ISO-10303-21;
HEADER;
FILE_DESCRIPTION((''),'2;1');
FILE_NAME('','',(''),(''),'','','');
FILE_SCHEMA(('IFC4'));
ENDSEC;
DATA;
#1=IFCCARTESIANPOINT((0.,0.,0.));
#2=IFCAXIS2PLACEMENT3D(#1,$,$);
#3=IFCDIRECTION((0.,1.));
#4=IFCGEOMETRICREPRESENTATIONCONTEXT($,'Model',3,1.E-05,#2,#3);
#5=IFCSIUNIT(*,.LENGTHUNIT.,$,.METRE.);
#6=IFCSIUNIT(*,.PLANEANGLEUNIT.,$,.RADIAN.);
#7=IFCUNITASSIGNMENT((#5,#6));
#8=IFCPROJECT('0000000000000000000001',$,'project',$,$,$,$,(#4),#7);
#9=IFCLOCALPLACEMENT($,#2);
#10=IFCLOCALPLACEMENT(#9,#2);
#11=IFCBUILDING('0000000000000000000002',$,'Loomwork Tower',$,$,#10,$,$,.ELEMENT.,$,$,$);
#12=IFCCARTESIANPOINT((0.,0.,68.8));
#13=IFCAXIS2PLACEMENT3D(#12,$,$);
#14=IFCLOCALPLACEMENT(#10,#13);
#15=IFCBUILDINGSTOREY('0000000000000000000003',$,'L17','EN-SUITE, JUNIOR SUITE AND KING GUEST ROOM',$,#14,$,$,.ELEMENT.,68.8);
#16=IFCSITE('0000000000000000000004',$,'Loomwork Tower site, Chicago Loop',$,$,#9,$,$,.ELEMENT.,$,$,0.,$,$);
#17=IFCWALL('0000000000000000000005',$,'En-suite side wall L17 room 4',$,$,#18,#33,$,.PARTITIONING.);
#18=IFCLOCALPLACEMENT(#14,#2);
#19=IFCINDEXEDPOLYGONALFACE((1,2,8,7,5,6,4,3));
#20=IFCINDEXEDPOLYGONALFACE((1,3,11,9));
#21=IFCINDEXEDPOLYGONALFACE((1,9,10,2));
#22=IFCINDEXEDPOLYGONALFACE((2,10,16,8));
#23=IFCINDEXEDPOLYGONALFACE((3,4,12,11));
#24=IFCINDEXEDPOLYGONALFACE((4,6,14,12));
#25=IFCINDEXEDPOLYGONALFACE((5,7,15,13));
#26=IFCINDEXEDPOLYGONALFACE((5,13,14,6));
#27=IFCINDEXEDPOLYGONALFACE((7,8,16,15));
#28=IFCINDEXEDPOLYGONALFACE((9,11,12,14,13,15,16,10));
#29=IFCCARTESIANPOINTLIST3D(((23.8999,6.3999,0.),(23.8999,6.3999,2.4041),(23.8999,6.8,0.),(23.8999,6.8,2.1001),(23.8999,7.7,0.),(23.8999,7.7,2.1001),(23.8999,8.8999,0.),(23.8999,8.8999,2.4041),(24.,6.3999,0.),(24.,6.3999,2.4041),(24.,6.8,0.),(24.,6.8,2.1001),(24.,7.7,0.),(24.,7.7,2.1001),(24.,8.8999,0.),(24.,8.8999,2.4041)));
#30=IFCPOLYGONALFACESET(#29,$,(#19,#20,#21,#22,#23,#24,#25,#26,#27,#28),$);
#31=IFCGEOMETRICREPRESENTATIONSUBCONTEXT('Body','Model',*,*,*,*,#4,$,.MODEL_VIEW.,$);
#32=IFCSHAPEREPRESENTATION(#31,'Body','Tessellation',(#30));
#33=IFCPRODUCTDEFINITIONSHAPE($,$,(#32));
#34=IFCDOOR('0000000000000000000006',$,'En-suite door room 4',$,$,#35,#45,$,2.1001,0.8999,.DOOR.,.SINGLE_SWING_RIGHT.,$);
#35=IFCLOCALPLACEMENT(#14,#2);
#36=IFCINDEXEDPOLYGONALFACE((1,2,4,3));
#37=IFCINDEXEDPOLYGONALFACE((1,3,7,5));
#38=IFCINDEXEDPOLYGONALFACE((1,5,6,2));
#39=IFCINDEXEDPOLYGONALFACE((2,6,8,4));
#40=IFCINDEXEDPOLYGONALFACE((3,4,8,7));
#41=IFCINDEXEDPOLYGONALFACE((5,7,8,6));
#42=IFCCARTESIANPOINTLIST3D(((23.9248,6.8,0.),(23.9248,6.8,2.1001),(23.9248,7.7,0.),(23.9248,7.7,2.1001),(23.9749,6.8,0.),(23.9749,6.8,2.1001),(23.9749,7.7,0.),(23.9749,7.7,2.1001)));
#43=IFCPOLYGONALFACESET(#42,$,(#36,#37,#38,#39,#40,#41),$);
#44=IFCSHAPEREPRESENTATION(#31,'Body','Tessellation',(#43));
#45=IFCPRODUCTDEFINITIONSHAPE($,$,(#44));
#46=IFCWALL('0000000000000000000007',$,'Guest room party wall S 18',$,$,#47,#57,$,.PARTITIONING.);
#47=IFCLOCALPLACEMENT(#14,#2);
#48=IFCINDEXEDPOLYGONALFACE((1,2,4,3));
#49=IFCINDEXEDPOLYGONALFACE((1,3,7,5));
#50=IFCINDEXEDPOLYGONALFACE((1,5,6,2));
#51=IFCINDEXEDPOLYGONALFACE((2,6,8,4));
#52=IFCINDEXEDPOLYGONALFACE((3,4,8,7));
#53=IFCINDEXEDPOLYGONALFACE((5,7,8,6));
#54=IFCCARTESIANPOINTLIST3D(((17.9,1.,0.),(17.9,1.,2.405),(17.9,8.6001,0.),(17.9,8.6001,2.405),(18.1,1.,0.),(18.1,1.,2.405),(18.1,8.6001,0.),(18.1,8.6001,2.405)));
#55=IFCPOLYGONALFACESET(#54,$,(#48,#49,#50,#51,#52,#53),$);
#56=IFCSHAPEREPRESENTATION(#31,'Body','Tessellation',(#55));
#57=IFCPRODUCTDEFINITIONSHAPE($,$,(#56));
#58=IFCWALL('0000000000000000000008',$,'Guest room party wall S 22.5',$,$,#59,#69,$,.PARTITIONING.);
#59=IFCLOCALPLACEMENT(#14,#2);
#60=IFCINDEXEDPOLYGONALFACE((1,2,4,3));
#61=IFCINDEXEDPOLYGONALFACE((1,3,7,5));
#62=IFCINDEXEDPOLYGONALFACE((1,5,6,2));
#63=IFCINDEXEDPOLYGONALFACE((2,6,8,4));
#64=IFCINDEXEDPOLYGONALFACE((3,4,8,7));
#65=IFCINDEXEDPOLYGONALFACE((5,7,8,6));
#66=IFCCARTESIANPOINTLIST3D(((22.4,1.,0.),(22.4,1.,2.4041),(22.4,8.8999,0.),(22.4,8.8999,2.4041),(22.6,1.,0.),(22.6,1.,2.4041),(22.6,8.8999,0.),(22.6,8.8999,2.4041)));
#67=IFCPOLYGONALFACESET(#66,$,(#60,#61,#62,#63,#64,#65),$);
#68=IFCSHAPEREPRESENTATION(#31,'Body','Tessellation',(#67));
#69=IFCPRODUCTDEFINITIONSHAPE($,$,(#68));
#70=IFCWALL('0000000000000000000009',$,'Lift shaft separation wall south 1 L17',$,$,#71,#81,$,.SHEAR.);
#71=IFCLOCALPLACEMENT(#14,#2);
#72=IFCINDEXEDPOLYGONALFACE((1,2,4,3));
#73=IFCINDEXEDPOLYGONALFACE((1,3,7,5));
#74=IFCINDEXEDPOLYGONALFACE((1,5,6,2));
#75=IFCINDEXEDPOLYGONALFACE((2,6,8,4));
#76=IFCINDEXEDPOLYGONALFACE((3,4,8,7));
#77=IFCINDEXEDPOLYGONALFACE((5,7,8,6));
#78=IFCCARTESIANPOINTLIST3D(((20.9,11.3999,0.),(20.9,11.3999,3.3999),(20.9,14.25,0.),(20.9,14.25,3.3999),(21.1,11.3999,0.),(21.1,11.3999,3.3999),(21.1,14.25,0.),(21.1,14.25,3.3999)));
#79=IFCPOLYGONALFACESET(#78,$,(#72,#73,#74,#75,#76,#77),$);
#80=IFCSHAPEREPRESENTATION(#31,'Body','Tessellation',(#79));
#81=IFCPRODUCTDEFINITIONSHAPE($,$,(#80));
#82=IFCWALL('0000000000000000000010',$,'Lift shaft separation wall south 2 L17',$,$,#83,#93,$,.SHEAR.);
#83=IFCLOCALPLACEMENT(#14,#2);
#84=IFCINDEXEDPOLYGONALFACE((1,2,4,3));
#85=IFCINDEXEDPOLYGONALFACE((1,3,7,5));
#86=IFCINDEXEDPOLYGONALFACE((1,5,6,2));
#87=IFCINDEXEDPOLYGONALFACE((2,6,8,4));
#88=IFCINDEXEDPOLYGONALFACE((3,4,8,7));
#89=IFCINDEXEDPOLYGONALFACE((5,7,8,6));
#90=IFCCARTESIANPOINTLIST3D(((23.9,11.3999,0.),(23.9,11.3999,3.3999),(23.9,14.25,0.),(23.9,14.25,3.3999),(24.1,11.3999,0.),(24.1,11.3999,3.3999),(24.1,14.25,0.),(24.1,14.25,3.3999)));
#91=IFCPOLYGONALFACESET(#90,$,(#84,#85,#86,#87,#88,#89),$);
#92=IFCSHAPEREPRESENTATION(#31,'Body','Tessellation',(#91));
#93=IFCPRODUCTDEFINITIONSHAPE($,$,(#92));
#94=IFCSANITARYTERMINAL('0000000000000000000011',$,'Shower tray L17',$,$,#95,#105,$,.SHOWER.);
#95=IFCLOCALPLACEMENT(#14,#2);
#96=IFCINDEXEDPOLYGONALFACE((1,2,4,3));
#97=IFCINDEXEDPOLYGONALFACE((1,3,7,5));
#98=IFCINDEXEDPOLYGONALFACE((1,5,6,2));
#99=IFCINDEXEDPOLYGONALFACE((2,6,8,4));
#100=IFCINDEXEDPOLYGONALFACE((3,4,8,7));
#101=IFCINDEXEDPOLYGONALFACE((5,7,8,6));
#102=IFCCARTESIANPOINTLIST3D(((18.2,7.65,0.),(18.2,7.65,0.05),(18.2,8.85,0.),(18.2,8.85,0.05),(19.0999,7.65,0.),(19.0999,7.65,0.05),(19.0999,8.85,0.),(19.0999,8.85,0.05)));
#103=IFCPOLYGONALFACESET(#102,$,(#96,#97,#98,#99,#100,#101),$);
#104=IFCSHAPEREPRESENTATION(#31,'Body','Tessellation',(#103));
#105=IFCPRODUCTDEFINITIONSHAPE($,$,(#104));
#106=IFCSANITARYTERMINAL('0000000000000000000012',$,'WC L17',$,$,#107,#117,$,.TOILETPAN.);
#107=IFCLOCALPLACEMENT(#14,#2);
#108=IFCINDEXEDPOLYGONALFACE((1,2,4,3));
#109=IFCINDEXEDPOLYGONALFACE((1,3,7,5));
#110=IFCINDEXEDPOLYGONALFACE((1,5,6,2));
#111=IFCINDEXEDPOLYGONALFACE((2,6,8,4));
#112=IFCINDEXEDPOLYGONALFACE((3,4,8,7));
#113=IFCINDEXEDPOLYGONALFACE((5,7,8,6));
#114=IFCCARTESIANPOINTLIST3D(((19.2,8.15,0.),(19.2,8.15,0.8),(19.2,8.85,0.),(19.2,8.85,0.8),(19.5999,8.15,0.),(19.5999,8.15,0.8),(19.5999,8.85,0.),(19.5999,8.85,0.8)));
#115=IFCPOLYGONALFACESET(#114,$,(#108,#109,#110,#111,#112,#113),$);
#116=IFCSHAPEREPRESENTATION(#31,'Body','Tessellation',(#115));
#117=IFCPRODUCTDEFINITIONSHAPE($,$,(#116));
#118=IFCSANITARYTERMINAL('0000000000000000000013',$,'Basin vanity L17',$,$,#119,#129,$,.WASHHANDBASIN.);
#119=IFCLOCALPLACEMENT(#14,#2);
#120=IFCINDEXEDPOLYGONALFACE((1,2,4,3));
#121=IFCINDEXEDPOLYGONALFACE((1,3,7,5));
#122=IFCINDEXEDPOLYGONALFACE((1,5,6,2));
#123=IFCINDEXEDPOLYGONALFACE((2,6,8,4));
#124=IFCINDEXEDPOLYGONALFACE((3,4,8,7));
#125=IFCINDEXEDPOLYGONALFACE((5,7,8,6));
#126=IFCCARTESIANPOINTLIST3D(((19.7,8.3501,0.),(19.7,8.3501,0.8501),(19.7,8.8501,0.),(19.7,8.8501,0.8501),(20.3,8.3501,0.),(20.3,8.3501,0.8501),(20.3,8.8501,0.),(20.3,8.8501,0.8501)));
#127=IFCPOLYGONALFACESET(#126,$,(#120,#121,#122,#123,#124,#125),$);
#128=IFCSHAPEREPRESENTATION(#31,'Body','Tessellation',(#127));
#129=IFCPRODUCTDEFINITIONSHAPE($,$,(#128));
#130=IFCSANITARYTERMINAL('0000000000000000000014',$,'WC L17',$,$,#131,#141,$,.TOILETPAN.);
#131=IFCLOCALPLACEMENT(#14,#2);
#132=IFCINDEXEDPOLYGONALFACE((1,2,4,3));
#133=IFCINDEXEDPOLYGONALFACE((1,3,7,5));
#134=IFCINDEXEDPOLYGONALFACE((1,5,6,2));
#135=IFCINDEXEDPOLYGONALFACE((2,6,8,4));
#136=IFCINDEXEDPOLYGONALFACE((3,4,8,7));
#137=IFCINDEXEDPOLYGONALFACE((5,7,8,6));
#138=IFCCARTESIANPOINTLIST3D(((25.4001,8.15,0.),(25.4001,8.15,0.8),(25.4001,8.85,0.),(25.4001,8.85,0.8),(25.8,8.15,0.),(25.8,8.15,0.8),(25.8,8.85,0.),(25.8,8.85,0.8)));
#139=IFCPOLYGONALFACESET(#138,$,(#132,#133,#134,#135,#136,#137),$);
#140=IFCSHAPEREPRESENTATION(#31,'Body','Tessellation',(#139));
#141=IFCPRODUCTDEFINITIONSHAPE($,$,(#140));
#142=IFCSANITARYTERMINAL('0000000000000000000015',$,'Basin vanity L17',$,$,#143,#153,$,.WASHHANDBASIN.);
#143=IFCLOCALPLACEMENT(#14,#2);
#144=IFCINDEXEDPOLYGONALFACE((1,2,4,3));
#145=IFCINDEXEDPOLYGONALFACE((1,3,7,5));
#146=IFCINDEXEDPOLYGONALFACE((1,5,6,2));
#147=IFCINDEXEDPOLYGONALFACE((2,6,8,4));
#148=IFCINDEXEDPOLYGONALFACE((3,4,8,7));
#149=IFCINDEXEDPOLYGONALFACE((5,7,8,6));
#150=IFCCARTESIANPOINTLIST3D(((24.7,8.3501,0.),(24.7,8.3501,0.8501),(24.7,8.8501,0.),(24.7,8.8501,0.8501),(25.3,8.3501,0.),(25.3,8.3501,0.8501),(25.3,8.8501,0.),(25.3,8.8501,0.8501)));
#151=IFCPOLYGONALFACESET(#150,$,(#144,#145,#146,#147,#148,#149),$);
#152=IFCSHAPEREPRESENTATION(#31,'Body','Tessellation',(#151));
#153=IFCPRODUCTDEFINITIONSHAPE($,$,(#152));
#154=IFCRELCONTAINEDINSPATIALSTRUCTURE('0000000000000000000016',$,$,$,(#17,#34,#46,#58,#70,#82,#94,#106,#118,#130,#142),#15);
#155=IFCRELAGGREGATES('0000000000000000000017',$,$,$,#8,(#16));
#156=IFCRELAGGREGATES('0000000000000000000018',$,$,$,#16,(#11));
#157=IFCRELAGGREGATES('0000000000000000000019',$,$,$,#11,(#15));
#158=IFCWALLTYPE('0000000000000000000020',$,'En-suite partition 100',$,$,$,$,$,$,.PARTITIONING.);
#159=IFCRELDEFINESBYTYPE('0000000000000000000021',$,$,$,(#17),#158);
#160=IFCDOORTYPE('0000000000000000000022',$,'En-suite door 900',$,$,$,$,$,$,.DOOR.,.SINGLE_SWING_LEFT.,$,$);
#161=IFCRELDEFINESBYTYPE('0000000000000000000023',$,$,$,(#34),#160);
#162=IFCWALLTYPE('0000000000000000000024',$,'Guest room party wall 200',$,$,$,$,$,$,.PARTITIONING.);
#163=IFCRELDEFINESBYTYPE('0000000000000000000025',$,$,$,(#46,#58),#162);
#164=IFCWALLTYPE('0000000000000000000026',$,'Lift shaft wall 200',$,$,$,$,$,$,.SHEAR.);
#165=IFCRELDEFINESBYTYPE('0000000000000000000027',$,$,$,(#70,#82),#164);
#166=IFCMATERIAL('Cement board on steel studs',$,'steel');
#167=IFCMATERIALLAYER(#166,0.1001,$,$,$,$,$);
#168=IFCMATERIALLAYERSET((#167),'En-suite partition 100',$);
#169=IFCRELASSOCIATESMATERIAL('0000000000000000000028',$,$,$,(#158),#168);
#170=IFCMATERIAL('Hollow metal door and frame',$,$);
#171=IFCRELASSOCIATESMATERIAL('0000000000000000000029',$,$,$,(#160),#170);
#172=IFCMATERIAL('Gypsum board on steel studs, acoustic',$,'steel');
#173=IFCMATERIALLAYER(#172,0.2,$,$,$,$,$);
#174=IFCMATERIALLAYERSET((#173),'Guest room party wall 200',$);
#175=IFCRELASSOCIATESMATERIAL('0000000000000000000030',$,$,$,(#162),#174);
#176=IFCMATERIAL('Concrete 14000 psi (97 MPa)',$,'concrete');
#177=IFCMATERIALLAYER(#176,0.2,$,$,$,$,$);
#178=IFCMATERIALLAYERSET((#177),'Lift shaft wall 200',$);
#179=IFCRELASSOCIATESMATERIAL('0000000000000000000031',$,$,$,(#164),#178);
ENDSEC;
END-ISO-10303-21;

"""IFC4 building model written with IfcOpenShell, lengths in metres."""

from ifc_helpers import new_model, si_unit, direction, frame, frame_2d, origin, origin_2d, place, context, subcontext, project, spatial, rectangle, extrude, material, layer, layer_set, type_object, element, fill, save


model = new_model("IFC4")

# Units and contexts
model_context = context("Model", 3, precision=1e-05, world=origin(), true_north=direction((0.0, 1.0)))
body_context = subcontext(model_context, "Body", "Model", "MODEL_VIEW")
ifc_project = project(units=[si_unit("LENGTHUNIT", "METRE"), si_unit("PLANEANGLEUNIT", "RADIAN")], contexts=[model_context])

# Site, building, storey
site_placement = place(None, origin())
site = spatial("IfcSite", under=ifc_project, at=site_placement, Name="Loomwork Tower site, Chicago Loop", CompositionType="ELEMENT", RefElevation=0.0)
building_placement = place(site_placement, origin())
building = spatial("IfcBuilding", under=site, at=building_placement, Name="Loomwork Tower", CompositionType="ELEMENT")
storey_placement = place(building_placement, frame((0.0, 0.0, 68.8)))
storey = spatial("IfcBuildingStorey", under=building, at=storey_placement, Name="L17", Description="EN-SUITE, JUNIOR SUITE AND KING GUEST ROOM", CompositionType="ELEMENT", Elevation=68.8)

# Wall, opening, door
ifc_material_1 = material(Name="Cement board on steel studs", Category="steel")
ifc_layer_1 = layer(ifc_material_1, 0.1001)
ifc_layer_set_1 = layer_set([ifc_layer_1], Name="En-suite partition 100")
wall_type_1 = type_object("IfcWallType", Name="En-suite partition 100", PredefinedType="PARTITIONING", material=ifc_layer_set_1)
ifc_material_2 = material(Name="Hollow metal door and frame")
door_type_1 = type_object("IfcDoorType", Name="En-suite door 900", OperationType="SINGLE_SWING_LEFT", PredefinedType="DOOR", material=ifc_material_2)
wall_1_placement = place(storey_placement, frame((23.95, 8.8999, 0.0), z_axis=(0.0, 0.0, 1.0), x_axis=(0.0, -1.0, 0.0)))
wall_1 = element("IfcWall", 1, at=wall_1_placement, inside=storey, type_object=wall_type_1, Name="En-suite side wall L17 room 4", PredefinedType="PARTITIONING", context=body_context, shape_type="SweptSolid", body=[
    extrude(rectangle(XDim=2.5, YDim=0.1001, at=frame_2d((1.25, 0.0))), origin(), (0.0, 0.0, 1.0), 2.4041),
])
opening_1_placement = place(wall_1_placement, frame((1.2, 0.0, 0.0)))
opening_1 = element("IfcOpeningElement", 2, at=opening_1_placement, cuts=wall_1, PredefinedType="OPENING", context=body_context, shape_type="SweptSolid", body=[
    extrude(rectangle(XDim=0.8999, YDim=2.1001, at=frame_2d((0.45, 1.05))), frame((0.0, 0.0601, 0.0), z_axis=(0.0, -1.0, 0.0), x_axis=(1.0, 0.0, 0.0)), (0.0, 0.0, 1.0), 0.1201),
])
door_1_placement = place(opening_1_placement, origin())
door_1 = element("IfcDoor", 3, at=door_1_placement, inside=storey, type_object=door_type_1, Name="En-suite door room 4", OperationType="SINGLE_SWING_RIGHT", OverallHeight=2.1001, OverallWidth=0.8999, PredefinedType="DOOR", context=body_context, shape_type="SweptSolid", body=[
    extrude(rectangle(XDim=0.8999, YDim=2.1001, at=frame_2d((0.45, 1.05))), frame((0.0, 0.0249, 0.0), z_axis=(0.0, -1.0, 0.0), x_axis=(1.0, 0.0, 0.0)), (0.0, 0.0, 1.0), 0.05),
])
fill(opening_1, door_1)

# Walls
ifc_material_3 = material(Name="Gypsum board on steel studs, acoustic", Category="steel")
ifc_layer_2 = layer(ifc_material_3, 0.2)
ifc_layer_set_2 = layer_set([ifc_layer_2], Name="Guest room party wall 200")
wall_type_2 = type_object("IfcWallType", Name="Guest room party wall 200", PredefinedType="PARTITIONING", material=ifc_layer_set_2)
wall_2_placement = place(storey_placement, frame((18.0, 8.6001, 0.0), z_axis=(0.0, 0.0, 1.0), x_axis=(0.0, -1.0, 0.0)))
element("IfcWall", 4, at=wall_2_placement, inside=storey, type_object=wall_type_2, Name="Guest room party wall S 18", PredefinedType="PARTITIONING", context=body_context, shape_type="SweptSolid", body=[
    extrude(rectangle(XDim=7.6001, YDim=0.2, at=frame_2d((3.8, 0.0))), origin(), (0.0, 0.0, 1.0), 2.405),
])
wall_3_placement = place(storey_placement, frame((22.5, 8.8999, 0.0), z_axis=(0.0, 0.0, 1.0), x_axis=(0.0, -1.0, 0.0)))
element("IfcWall", 5, at=wall_3_placement, inside=storey, type_object=wall_type_2, Name="Guest room party wall S 22.5", PredefinedType="PARTITIONING", context=body_context, shape_type="SweptSolid", body=[
    extrude(rectangle(XDim=7.8999, YDim=0.2, at=frame_2d((3.95, 0.0))), origin(), (0.0, 0.0, 1.0), 2.4041),
])
ifc_material_4 = material(Name="Concrete 14000 psi (97 MPa)", Category="concrete")
ifc_layer_3 = layer(ifc_material_4, 0.2)
ifc_layer_set_3 = layer_set([ifc_layer_3], Name="Lift shaft wall 200")
wall_type_3 = type_object("IfcWallType", Name="Lift shaft wall 200", PredefinedType="SHEAR", material=ifc_layer_set_3)
for number, where, z_axis, x_axis, name in (
    (6, (21.0, 11.3999, 0.0), (0.0, 0.0, 1.0), (0.0, 1.0, 0.0), "Lift shaft separation wall south 1 L17"),
    (7, (24.0, 11.3999, 0.0), (0.0, 0.0, 1.0), (0.0, 1.0, 0.0), "Lift shaft separation wall south 2 L17"),
):
    element("IfcWall", number, at=place(storey_placement, frame(where, z_axis=z_axis, x_axis=x_axis)), inside=storey, type_object=wall_type_3, Name=name, PredefinedType="SHEAR", context=body_context, shape_type="SweptSolid", body=[
        extrude(rectangle(XDim=2.8501, YDim=0.2, at=frame_2d((1.425, 0.0))), origin(), (0.0, 0.0, 1.0), 3.3999),
    ])

# Sanitary terminals
sanitary_terminal_1_placement = place(storey_placement, frame((18.6499, 8.25, 0.0), z_axis=(0.0, 0.0, 1.0), x_axis=(1.0, 0.0, 0.0)))
element("IfcSanitaryTerminal", 8, at=sanitary_terminal_1_placement, inside=storey, Name="Shower tray L17", PredefinedType="SHOWER", context=body_context, shape_type="SweptSolid", body=[
    extrude(rectangle(XDim=0.8999, YDim=1.2, at=origin_2d()), origin(), (0.0, 0.0, 1.0), 0.05),
])
sanitary_terminal_2_placement = place(storey_placement, frame((19.3999, 8.5, 0.0), z_axis=(0.0, 0.0, 1.0), x_axis=(1.0, 0.0, 0.0)))
element("IfcSanitaryTerminal", 9, at=sanitary_terminal_2_placement, inside=storey, Name="WC L17", PredefinedType="TOILETPAN", context=body_context, shape_type="SweptSolid", body=[
    extrude(rectangle(XDim=0.3999, YDim=0.7, at=origin_2d()), origin(), (0.0, 0.0, 1.0), 0.8),
])
sanitary_terminal_3_placement = place(storey_placement, frame((20.0, 8.6001, 0.0), z_axis=(0.0, 0.0, 1.0), x_axis=(1.0, 0.0, 0.0)))
element("IfcSanitaryTerminal", 10, at=sanitary_terminal_3_placement, inside=storey, Name="Basin vanity L17", PredefinedType="WASHHANDBASIN", context=body_context, shape_type="SweptSolid", body=[
    extrude(rectangle(XDim=0.6001, YDim=0.5, at=origin_2d()), origin(), (0.0, 0.0, 1.0), 0.8501),
])
sanitary_terminal_4_placement = place(storey_placement, frame((25.6001, 8.5, 0.0), z_axis=(0.0, 0.0, 1.0), x_axis=(1.0, 0.0, 0.0)))
element("IfcSanitaryTerminal", 11, at=sanitary_terminal_4_placement, inside=storey, Name="WC L17", PredefinedType="TOILETPAN", context=body_context, shape_type="SweptSolid", body=[
    extrude(rectangle(XDim=0.3999, YDim=0.7, at=origin_2d()), origin(), (0.0, 0.0, 1.0), 0.8),
])
sanitary_terminal_5_placement = place(storey_placement, frame((25.0, 8.6001, 0.0), z_axis=(0.0, 0.0, 1.0), x_axis=(1.0, 0.0, 0.0)))
element("IfcSanitaryTerminal", 12, at=sanitary_terminal_5_placement, inside=storey, Name="Basin vanity L17", PredefinedType="WASHHANDBASIN", context=body_context, shape_type="SweptSolid", body=[
    extrude(rectangle(XDim=0.6001, YDim=0.5, at=origin_2d()), origin(), (0.0, 0.0, 1.0), 0.8501),
])

save(model, "model.ifc")
